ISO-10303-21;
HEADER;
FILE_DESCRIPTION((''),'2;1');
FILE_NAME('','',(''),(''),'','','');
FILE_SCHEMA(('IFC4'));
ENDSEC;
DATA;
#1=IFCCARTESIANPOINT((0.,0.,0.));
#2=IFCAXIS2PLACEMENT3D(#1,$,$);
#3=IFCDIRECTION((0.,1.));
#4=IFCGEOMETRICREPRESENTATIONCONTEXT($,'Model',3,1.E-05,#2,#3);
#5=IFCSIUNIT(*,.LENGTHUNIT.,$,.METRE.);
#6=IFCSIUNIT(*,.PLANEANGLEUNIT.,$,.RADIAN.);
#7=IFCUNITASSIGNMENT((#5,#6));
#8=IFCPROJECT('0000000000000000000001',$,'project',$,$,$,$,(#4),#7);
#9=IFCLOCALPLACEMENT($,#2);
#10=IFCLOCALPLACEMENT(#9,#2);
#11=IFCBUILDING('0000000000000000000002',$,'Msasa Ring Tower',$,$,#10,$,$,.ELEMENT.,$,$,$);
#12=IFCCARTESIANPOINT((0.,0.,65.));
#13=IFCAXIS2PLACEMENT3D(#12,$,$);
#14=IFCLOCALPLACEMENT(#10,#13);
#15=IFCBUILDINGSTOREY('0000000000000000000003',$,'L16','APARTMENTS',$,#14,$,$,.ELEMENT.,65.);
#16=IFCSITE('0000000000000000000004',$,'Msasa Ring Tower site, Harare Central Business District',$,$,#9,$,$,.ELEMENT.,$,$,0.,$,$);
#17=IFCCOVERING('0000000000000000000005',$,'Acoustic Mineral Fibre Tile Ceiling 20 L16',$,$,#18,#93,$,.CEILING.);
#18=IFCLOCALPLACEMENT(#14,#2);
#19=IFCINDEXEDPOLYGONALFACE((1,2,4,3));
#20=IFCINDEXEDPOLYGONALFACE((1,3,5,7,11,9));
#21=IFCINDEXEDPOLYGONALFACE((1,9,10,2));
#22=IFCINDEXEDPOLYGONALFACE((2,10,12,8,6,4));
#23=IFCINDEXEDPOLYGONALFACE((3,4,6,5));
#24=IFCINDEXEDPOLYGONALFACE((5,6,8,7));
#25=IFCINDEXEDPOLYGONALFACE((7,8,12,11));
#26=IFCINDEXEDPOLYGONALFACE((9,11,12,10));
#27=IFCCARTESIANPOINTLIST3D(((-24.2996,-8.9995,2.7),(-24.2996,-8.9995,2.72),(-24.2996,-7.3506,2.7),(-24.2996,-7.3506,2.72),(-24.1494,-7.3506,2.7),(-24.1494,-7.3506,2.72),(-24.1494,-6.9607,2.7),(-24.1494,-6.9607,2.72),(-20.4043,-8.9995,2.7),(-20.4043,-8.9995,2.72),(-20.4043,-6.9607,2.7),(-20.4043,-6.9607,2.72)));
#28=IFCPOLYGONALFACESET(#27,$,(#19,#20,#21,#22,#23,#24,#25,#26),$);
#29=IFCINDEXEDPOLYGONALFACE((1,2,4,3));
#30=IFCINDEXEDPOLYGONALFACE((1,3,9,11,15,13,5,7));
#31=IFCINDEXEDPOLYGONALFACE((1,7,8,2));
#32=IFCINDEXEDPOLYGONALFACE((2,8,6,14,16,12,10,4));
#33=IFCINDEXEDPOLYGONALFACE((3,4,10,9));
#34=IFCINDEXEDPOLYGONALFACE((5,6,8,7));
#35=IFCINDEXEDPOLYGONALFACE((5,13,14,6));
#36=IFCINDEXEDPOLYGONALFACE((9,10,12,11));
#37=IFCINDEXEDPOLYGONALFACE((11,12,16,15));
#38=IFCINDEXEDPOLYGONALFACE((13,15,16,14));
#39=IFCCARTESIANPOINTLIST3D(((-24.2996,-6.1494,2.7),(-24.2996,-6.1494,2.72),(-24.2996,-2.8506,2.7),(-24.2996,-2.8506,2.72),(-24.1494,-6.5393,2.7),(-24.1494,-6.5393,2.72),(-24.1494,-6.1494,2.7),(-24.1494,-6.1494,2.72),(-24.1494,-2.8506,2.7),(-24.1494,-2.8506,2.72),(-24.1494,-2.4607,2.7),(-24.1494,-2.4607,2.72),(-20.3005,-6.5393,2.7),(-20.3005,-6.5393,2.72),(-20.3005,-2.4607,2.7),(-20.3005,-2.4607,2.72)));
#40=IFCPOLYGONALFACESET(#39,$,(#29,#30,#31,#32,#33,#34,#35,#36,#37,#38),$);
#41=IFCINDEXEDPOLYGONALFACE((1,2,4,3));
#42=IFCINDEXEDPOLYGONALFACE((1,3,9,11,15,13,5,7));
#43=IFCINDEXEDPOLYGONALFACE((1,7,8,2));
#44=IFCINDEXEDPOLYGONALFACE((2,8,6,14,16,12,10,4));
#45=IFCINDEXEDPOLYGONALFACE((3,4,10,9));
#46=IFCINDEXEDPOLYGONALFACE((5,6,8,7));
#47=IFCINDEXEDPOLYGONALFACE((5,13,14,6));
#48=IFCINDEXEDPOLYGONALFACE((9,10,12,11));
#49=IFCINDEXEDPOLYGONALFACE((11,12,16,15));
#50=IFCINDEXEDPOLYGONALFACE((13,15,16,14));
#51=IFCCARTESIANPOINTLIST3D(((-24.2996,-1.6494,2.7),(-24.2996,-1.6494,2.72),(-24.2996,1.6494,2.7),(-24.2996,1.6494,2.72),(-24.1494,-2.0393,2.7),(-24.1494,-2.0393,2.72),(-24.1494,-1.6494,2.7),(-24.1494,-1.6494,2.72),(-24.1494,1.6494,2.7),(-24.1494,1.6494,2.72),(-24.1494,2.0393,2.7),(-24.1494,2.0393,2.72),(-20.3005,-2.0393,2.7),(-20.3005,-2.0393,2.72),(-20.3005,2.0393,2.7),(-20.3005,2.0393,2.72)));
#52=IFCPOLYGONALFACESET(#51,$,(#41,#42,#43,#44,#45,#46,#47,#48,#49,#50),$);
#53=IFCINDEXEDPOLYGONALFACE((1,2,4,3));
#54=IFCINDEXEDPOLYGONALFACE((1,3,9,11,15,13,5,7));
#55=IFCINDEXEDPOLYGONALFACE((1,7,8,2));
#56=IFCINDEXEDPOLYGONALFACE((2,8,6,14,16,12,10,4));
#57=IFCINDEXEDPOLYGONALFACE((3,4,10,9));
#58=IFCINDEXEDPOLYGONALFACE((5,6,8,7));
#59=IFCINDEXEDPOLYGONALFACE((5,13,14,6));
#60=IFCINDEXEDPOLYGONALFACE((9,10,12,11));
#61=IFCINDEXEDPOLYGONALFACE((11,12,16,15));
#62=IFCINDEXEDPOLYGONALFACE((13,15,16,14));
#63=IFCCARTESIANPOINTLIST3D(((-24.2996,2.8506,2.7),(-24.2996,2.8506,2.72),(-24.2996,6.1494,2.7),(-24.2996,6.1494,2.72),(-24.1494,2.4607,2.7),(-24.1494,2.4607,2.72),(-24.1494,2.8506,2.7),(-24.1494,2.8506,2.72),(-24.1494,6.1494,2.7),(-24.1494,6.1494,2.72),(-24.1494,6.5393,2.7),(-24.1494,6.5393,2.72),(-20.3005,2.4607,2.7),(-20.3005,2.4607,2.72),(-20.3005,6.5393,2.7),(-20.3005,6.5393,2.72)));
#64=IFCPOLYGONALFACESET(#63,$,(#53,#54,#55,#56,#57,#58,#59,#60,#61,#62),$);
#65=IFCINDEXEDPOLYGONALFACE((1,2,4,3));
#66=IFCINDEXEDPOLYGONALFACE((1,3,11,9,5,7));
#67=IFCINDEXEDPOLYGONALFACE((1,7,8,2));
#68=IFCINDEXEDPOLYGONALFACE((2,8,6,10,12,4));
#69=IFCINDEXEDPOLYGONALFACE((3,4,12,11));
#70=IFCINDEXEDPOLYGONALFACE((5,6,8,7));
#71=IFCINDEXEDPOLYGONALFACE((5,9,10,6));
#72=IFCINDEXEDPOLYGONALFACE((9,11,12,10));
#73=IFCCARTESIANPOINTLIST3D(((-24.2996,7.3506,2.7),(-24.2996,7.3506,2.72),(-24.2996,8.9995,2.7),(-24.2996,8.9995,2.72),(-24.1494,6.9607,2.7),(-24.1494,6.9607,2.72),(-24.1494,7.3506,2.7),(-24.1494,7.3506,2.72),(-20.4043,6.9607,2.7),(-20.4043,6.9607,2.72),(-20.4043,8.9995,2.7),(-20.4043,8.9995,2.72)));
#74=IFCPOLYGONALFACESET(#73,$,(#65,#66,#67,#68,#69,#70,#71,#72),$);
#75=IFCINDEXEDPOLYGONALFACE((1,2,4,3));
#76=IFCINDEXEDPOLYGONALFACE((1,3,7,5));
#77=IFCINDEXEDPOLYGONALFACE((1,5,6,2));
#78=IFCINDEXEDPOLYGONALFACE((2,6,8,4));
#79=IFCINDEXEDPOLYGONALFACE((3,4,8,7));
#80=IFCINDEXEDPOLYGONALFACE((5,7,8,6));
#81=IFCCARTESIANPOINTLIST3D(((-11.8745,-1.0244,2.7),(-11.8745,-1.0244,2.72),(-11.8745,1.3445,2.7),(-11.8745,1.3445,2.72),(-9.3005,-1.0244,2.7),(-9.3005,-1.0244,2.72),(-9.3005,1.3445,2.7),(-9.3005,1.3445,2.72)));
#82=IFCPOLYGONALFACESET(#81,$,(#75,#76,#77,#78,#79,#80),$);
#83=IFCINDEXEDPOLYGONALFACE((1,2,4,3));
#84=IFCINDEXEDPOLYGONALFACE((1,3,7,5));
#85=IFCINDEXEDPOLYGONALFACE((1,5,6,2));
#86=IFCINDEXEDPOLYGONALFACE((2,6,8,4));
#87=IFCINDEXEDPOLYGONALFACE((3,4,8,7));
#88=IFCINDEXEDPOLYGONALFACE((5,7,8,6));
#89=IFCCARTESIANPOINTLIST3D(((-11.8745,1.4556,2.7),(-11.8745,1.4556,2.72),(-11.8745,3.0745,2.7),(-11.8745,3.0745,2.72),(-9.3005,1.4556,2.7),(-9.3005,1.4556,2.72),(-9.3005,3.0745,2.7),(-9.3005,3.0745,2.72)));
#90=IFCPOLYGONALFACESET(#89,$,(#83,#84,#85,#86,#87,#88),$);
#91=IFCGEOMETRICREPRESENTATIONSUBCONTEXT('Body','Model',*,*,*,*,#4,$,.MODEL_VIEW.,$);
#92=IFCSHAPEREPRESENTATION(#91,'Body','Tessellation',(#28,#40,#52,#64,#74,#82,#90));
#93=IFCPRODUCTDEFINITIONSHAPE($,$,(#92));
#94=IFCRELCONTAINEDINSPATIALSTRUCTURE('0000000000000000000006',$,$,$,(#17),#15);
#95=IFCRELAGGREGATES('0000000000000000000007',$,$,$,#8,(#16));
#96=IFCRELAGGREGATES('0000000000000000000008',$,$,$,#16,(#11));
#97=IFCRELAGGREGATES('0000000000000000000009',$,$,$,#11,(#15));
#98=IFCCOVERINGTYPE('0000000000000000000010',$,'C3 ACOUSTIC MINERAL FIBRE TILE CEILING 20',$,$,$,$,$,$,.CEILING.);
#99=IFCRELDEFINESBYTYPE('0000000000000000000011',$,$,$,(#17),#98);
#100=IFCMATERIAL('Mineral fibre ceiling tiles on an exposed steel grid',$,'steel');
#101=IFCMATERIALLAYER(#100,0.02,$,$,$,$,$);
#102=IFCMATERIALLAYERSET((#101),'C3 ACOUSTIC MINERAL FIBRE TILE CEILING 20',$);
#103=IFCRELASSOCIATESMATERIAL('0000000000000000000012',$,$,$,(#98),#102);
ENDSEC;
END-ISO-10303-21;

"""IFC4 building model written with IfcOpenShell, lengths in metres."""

from ifc_helpers import new_model, si_unit, direction, frame, origin, place, context, subcontext, project, spatial, line, indexed_curve, outline, extrude, material, layer, layer_set, type_object, element, save


model = new_model("IFC4")

# Units and contexts
model_context = context("Model", 3, precision=1e-05, world=origin(), true_north=direction((0.0, 1.0)))
body_context = subcontext(model_context, "Body", "Model", "MODEL_VIEW")
ifc_project = project(units=[si_unit("LENGTHUNIT", "METRE"), si_unit("PLANEANGLEUNIT", "RADIAN")], contexts=[model_context])

# Site, building, storey
site_placement = place(None, origin())
site = spatial("IfcSite", under=ifc_project, at=site_placement, Name="Msasa Ring Tower site, Harare Central Business District", CompositionType="ELEMENT", RefElevation=0.0)
building_placement = place(site_placement, origin())
building = spatial("IfcBuilding", under=site, at=building_placement, Name="Msasa Ring Tower", CompositionType="ELEMENT")
storey_placement = place(building_placement, frame((0.0, 0.0, 65.0)))
storey = spatial("IfcBuildingStorey", under=building, at=storey_placement, Name="L16", Description="APARTMENTS", CompositionType="ELEMENT", Elevation=65.0)

# Covering
ifc_material_1 = material(Name="Mineral fibre ceiling tiles on an exposed steel grid", Category="steel")
ifc_layer_1 = layer(ifc_material_1, 0.02)
ifc_layer_set_1 = layer_set([ifc_layer_1], Name="C3 ACOUSTIC MINERAL FIBRE TILE CEILING 20")
covering_type_1 = type_object("IfcCoveringType", Name="C3 ACOUSTIC MINERAL FIBRE TILE CEILING 20", PredefinedType="CEILING", material=ifc_layer_set_1)
covering_1_placement = place(storey_placement, frame((0.0, 0.0, 2.7)))
element("IfcCovering", 1, at=covering_1_placement, inside=storey, type_object=covering_type_1, Name="Acoustic Mineral Fibre Tile Ceiling 20 L16", PredefinedType="CEILING", context=body_context, shape_type="SweptSolid", body=[
    extrude(outline(indexed_curve([(-24.2996, -8.9995), (-24.2996, -7.3506), (-24.1494, -7.3506), (-24.1494, -6.9607), (-20.4043, -6.9607), (-20.4043, -8.9995)], segments=[line(1, 2, 3, 4, 5, 6, 1)], self_intersect=False)), origin(), (0.0, 0.0, 1.0), 0.02),
    extrude(outline(indexed_curve([(-24.2996, -2.8506), (-24.1494, -2.8506), (-24.1494, -2.4607), (-20.3005, -2.4607), (-20.3005, -6.5393), (-24.1494, -6.5393), (-24.1494, -6.1494), (-24.2996, -6.1494)], segments=[line(1, 2, 3, 4, 5, 6, 7, 8, 1)], self_intersect=False)), origin(), (0.0, 0.0, 1.0), 0.02),
    extrude(outline(indexed_curve([(-24.2996, 1.6494), (-24.1494, 1.6494), (-24.1494, 2.0393), (-20.3005, 2.0393), (-20.3005, -2.0393), (-24.1494, -2.0393), (-24.1494, -1.6494), (-24.2996, -1.6494)], segments=[line(1, 2, 3, 4, 5, 6, 7, 8, 1)], self_intersect=False)), origin(), (0.0, 0.0, 1.0), 0.02),
    extrude(outline(indexed_curve([(-24.2996, 6.1494), (-24.1494, 6.1494), (-24.1494, 6.5393), (-20.3005, 6.5393), (-20.3005, 2.4607), (-24.1494, 2.4607), (-24.1494, 2.8506), (-24.2996, 2.8506)], segments=[line(1, 2, 3, 4, 5, 6, 7, 8, 1)], self_intersect=False)), origin(), (0.0, 0.0, 1.0), 0.02),
    extrude(outline(indexed_curve([(-24.2996, 8.9995), (-20.4043, 8.9995), (-20.4043, 6.9607), (-24.1494, 6.9607), (-24.1494, 7.3506), (-24.2996, 7.3506)], segments=[line(1, 2, 3, 4, 5, 6, 1)], self_intersect=False)), origin(), (0.0, 0.0, 1.0), 0.02),
    extrude(outline(indexed_curve([(-9.3005, -1.0244), (-11.8745, -1.0244), (-11.8745, 1.3445), (-9.3005, 1.3445)], segments=[line(1, 2, 3, 4, 1)], self_intersect=False)), origin(), (0.0, 0.0, 1.0), 0.02),
    extrude(outline(indexed_curve([(-9.3005, 1.4556), (-11.8745, 1.4556), (-11.8745, 3.0745), (-9.3005, 3.0745)], segments=[line(1, 2, 3, 4, 1)], self_intersect=False)), origin(), (0.0, 0.0, 1.0), 0.02),
])

save(model, "model.ifc")
